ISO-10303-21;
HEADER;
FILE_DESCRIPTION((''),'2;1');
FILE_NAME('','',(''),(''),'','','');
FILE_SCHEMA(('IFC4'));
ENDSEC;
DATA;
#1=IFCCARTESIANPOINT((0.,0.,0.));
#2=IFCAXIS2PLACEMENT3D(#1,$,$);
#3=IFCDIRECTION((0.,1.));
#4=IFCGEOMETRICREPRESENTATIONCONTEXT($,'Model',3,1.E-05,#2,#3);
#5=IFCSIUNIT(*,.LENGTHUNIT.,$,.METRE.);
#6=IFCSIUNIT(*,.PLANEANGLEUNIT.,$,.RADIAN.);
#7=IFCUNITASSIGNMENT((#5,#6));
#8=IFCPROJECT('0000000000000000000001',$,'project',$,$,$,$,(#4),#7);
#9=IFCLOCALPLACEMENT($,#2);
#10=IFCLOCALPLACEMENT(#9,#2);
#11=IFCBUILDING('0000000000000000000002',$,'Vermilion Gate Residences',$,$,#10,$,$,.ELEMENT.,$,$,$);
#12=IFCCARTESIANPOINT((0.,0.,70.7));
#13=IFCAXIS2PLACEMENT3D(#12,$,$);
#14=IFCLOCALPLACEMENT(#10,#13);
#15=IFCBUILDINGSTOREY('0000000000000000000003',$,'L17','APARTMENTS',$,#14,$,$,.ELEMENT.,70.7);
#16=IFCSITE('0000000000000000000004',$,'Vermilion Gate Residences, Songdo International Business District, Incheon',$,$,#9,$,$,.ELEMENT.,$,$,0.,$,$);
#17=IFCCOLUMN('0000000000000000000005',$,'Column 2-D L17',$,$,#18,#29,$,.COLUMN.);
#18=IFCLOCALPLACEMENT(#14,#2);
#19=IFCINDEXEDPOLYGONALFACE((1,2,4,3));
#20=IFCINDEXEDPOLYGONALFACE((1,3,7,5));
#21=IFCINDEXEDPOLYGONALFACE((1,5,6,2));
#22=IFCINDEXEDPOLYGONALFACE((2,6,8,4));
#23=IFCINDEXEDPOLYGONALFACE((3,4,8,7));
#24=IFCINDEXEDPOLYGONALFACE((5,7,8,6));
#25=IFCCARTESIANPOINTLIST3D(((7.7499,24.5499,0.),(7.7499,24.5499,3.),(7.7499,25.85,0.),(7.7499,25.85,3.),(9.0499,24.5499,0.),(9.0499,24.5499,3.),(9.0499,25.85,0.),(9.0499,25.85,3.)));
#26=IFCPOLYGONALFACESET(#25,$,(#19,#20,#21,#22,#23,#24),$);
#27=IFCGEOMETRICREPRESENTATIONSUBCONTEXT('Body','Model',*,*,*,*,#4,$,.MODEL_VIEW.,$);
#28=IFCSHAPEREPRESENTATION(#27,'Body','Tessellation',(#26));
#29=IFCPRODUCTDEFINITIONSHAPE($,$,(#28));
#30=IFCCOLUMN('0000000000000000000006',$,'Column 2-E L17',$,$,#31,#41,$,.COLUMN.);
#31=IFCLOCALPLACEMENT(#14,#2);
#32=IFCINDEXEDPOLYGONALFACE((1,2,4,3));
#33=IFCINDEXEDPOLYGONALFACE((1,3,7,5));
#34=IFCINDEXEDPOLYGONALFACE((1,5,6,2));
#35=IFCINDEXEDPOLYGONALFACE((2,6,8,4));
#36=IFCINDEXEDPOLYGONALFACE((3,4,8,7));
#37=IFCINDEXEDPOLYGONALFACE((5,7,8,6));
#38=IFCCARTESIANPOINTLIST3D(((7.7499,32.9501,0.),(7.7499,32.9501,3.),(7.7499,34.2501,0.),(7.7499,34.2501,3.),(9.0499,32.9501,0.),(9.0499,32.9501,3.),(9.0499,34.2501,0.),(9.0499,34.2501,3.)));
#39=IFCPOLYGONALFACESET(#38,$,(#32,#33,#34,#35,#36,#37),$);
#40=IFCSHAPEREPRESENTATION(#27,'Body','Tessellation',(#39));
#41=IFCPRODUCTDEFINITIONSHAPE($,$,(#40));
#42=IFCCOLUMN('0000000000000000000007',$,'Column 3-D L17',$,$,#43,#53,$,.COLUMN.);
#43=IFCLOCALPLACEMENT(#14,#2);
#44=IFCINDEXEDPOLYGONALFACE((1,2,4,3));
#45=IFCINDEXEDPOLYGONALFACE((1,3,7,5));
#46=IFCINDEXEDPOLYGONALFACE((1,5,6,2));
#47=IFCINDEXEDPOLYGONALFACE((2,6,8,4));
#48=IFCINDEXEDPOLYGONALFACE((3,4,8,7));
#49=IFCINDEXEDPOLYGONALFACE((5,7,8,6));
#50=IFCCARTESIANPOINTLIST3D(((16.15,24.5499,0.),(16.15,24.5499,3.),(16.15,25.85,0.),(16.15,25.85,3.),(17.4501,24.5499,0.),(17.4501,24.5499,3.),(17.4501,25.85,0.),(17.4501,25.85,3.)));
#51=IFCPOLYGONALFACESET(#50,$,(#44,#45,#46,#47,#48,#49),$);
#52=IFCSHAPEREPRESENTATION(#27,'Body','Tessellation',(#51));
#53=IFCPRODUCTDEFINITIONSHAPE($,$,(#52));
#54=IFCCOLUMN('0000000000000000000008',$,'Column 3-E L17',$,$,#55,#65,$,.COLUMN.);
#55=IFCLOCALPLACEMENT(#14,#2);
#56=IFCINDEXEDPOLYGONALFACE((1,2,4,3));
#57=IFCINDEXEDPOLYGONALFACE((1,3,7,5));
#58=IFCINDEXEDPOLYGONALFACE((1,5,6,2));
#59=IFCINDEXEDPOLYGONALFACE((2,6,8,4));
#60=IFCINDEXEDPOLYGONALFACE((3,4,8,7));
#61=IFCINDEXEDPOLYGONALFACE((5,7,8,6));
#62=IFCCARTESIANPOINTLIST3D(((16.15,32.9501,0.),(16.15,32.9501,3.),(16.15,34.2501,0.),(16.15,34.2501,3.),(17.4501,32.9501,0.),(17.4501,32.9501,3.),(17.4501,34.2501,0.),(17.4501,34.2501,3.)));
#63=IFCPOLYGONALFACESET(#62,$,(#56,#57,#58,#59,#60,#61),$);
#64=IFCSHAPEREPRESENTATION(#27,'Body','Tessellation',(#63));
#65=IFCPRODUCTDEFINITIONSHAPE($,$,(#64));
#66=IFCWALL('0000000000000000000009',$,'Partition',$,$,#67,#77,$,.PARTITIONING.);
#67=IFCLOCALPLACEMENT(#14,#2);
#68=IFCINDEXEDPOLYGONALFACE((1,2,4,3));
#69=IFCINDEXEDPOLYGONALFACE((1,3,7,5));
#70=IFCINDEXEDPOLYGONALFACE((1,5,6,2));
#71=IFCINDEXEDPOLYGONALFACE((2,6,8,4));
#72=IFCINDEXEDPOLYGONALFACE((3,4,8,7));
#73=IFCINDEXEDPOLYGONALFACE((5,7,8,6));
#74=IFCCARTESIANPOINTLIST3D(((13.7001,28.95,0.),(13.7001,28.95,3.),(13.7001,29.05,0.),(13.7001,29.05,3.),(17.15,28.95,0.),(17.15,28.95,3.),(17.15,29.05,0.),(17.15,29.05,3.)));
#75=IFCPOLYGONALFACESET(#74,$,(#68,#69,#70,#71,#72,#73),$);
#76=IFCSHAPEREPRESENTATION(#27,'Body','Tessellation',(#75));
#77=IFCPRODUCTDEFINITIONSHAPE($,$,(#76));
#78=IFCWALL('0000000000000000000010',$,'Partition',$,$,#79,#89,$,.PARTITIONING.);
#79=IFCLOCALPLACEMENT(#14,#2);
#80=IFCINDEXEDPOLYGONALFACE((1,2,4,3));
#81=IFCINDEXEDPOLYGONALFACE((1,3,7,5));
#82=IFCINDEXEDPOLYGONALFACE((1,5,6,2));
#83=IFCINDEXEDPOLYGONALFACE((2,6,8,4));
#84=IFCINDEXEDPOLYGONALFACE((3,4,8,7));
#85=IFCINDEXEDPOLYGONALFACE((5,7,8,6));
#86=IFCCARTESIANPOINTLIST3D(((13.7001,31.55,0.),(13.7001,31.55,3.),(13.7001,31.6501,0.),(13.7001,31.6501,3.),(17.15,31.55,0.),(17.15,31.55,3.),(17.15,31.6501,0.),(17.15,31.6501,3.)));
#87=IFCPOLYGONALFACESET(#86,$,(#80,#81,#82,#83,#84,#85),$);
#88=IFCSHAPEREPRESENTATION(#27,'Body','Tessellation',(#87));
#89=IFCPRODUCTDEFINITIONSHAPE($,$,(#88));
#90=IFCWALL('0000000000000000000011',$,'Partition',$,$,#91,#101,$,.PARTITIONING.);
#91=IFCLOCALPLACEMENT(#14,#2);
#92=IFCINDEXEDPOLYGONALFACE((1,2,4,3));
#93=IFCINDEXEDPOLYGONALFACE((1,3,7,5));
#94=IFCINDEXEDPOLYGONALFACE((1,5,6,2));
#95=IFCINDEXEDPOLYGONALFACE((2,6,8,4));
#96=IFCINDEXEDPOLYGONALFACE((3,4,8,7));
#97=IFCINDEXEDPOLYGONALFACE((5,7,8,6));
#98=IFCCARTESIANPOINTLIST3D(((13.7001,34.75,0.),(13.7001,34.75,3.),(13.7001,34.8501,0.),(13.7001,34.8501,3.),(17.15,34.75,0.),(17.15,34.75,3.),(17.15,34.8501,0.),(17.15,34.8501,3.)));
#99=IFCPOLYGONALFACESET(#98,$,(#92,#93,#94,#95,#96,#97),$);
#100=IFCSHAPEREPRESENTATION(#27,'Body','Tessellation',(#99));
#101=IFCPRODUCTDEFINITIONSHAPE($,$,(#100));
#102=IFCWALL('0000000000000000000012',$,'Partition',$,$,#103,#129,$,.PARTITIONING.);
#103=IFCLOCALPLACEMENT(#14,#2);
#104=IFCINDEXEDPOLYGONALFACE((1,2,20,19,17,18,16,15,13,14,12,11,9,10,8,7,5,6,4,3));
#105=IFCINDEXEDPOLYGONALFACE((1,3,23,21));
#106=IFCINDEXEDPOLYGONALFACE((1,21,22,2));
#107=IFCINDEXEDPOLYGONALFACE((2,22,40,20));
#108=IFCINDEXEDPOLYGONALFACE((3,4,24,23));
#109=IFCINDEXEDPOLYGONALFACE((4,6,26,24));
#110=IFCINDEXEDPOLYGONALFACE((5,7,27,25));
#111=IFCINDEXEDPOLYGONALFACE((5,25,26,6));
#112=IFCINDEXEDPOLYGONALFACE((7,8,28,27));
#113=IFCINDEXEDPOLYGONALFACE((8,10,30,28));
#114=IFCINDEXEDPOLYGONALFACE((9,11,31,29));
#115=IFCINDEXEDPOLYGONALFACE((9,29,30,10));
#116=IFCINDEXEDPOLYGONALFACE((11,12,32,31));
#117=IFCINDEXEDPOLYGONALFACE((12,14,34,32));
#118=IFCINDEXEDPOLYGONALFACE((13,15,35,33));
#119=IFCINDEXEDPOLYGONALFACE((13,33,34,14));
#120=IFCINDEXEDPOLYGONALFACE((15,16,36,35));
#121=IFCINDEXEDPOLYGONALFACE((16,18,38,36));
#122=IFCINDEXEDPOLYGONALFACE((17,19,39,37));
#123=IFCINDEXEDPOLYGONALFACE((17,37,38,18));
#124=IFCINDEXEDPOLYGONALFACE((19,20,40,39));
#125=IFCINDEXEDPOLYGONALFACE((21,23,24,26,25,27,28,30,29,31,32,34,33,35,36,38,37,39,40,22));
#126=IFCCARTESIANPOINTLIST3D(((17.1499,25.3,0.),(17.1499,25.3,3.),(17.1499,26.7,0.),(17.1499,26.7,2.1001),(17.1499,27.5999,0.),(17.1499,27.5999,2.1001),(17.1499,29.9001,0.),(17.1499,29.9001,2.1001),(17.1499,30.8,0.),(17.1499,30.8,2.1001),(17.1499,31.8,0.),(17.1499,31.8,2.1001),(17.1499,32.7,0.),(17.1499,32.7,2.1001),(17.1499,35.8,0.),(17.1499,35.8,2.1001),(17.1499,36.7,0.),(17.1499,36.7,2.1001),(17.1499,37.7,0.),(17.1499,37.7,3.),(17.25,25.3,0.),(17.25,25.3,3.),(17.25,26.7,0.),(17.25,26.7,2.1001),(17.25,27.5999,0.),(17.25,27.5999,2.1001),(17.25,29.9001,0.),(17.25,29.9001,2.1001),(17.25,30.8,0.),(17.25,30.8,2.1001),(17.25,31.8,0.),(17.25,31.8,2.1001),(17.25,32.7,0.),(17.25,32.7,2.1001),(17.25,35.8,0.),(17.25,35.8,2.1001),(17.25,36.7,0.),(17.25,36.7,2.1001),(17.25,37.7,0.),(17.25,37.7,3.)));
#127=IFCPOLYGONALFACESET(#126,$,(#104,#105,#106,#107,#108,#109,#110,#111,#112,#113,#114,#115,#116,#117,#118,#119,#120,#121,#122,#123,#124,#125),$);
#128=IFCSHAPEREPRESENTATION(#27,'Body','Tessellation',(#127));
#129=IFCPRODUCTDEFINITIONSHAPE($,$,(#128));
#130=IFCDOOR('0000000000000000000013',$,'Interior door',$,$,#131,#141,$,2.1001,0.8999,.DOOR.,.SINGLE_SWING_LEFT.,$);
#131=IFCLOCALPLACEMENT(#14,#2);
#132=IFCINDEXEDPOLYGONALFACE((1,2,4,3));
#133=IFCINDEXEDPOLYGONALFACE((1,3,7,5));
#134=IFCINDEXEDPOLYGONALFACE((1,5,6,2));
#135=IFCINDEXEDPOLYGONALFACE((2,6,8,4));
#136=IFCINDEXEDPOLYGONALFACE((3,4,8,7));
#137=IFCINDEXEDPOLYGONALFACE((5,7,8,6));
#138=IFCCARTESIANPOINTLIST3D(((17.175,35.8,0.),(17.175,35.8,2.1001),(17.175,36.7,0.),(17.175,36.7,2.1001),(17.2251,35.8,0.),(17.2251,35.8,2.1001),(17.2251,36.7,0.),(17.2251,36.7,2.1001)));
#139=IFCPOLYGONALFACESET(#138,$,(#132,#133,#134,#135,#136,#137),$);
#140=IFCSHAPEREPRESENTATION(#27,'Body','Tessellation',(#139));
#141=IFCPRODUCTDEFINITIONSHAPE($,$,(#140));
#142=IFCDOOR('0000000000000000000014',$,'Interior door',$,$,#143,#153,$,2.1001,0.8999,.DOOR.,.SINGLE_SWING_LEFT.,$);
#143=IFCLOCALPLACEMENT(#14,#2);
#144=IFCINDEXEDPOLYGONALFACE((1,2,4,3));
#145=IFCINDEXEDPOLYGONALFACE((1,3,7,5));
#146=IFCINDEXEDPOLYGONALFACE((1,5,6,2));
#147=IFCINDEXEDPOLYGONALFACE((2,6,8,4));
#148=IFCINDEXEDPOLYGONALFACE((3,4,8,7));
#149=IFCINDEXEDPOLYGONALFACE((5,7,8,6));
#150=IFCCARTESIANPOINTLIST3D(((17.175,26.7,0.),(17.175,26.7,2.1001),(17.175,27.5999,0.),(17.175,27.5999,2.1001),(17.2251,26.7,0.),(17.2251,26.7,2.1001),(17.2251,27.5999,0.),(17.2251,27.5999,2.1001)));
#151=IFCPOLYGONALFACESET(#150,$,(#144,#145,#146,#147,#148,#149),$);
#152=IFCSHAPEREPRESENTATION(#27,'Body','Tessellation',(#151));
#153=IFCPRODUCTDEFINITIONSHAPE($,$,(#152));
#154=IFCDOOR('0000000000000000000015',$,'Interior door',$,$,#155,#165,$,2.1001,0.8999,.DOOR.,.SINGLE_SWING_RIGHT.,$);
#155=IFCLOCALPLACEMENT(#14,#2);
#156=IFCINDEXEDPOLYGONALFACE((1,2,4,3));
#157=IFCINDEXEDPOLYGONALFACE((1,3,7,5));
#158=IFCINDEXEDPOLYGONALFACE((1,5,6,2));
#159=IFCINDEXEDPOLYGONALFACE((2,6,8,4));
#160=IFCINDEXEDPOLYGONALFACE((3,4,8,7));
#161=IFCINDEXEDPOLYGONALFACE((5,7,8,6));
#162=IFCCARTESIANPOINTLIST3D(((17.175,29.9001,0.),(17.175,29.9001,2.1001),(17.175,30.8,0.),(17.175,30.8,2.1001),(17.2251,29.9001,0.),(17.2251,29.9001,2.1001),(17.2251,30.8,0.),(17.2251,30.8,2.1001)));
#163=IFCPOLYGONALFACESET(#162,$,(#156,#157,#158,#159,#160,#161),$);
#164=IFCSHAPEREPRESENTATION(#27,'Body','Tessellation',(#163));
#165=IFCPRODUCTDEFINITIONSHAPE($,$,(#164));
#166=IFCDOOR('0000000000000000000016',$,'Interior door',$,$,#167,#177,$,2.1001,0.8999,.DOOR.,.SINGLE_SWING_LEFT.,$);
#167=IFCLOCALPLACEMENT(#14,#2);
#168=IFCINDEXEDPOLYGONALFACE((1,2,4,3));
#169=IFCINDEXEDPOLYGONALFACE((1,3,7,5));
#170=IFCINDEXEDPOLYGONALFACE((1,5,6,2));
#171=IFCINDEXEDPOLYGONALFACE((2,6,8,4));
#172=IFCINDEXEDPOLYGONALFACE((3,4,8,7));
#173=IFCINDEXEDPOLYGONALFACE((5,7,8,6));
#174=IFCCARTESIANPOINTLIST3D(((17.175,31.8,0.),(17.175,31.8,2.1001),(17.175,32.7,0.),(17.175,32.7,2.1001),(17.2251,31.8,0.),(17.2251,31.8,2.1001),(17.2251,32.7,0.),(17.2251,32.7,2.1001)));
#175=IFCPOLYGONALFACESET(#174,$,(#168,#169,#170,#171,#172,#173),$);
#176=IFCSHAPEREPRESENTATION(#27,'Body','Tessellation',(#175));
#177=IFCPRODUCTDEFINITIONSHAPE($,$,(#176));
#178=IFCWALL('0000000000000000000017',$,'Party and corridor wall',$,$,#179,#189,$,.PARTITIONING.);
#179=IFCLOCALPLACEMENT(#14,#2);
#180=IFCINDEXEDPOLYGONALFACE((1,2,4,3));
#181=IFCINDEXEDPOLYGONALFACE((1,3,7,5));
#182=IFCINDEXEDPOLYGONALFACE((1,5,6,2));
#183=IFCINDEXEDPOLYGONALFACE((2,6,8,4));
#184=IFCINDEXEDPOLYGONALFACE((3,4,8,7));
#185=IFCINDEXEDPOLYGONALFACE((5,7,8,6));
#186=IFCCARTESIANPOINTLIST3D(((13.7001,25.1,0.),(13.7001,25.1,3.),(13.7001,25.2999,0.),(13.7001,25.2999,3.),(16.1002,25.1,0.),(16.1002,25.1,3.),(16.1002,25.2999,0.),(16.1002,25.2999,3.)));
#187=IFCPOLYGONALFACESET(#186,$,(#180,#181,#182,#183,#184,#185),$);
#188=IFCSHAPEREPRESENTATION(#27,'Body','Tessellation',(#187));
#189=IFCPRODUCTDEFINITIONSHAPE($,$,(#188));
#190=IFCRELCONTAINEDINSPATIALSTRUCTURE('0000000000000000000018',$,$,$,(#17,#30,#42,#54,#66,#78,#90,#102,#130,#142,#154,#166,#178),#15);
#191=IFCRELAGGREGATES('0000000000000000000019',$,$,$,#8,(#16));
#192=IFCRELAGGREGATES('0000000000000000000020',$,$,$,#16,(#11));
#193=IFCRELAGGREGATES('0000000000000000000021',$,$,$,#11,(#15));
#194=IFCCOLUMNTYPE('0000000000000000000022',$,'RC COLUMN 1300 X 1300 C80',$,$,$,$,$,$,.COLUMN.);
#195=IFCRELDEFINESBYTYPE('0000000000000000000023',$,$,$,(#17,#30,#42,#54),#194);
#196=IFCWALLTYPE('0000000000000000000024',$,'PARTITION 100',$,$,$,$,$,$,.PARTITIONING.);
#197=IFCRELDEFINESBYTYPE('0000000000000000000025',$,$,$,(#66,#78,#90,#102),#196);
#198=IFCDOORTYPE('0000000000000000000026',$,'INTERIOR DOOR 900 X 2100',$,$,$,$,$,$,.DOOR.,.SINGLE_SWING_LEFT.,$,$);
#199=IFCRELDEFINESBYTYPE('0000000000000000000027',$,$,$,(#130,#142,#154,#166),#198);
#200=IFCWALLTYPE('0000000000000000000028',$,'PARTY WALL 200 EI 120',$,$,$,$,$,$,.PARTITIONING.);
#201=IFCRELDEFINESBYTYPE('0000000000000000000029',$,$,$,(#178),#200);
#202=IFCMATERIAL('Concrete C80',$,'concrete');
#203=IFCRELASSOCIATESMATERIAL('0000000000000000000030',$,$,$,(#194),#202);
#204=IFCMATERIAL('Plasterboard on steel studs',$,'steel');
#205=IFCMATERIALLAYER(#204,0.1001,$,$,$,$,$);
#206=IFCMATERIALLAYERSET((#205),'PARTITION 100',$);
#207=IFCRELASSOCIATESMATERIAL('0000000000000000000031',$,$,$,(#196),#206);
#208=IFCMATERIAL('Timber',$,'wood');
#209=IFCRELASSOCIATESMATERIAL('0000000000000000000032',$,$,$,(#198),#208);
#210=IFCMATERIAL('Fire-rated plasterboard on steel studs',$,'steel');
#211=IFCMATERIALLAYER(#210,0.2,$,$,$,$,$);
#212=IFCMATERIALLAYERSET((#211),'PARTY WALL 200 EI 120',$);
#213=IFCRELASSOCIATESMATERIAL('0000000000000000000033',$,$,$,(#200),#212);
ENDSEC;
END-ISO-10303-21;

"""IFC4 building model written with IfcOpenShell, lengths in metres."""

from ifc_helpers import new_model, si_unit, direction, frame, frame_2d, origin, origin_2d, place, context, subcontext, project, spatial, rectangle, extrude, material, layer, layer_set, material_profile, profile_set, type_object, element, fill, save


model = new_model("IFC4")

# Units and contexts
model_context = context("Model", 3, precision=1e-05, world=origin(), true_north=direction((0.0, 1.0)))
body_context = subcontext(model_context, "Body", "Model", "MODEL_VIEW")
ifc_project = project(units=[si_unit("LENGTHUNIT", "METRE"), si_unit("PLANEANGLEUNIT", "RADIAN")], contexts=[model_context])

# Site, building, storey
site_placement = place(None, origin())
site = spatial("IfcSite", under=ifc_project, at=site_placement, Name="Vermilion Gate Residences, Songdo International Business District, Incheon", CompositionType="ELEMENT", RefElevation=0.0)
building_placement = place(site_placement, origin())
building = spatial("IfcBuilding", under=site, at=building_placement, Name="Vermilion Gate Residences", CompositionType="ELEMENT")
storey_placement = place(building_placement, frame((0.0, 0.0, 70.7)))
storey = spatial("IfcBuildingStorey", under=building, at=storey_placement, Name="L17", Description="APARTMENTS", CompositionType="ELEMENT", Elevation=70.7)

# Columns
ifc_material_1 = material(Name="Concrete C80", Category="concrete")
ifc_material_profile = material_profile(ifc_material_1, rectangle(XDim=1.3, YDim=1.3, at=origin_2d()), Name="RC-1300x1300")
ifc_profile_set = profile_set([ifc_material_profile], Name="Concrete C80")
column_type = type_object("IfcColumnType", Name="RC COLUMN 1300 X 1300 C80", PredefinedType="COLUMN", material=ifc_profile_set)
for number, where, z_axis, x_axis, name in (
    (1, (8.3999, 25.2, 0.0), (0.0, 0.0, 1.0), (1.0, 0.0, 0.0), "Column 2-D L17"),
    (2, (8.3999, 33.6001, 0.0), (0.0, 0.0, 1.0), (1.0, 0.0, 0.0), "Column 2-E L17"),
    (3, (16.8, 25.2, 0.0), (0.0, 0.0, 1.0), (1.0, 0.0, 0.0), "Column 3-D L17"),
    (4, (16.8, 33.6001, 0.0), (0.0, 0.0, 1.0), (1.0, 0.0, 0.0), "Column 3-E L17"),
):
    element("IfcColumn", number, at=place(storey_placement, frame(where, z_axis=z_axis, x_axis=x_axis)), inside=storey, type_object=column_type, Name=name, PredefinedType="COLUMN", context=body_context, shape_type="SweptSolid", body=[
        extrude(rectangle(XDim=1.3, YDim=1.3, at=origin_2d()), origin(), (0.0, 0.0, 1.0), 3.0),
    ])

# Walls
ifc_material_2 = material(Name="Plasterboard on steel studs", Category="steel")
ifc_layer_1 = layer(ifc_material_2, 0.1001)
ifc_layer_set_1 = layer_set([ifc_layer_1], Name="PARTITION 100")
wall_type_1 = type_object("IfcWallType", Name="PARTITION 100", PredefinedType="PARTITIONING", material=ifc_layer_set_1)
for number, where, z_axis, x_axis, name in (
    (5, (13.7, 29.0, 0.0), (0.0, 0.0, 1.0), (1.0, 0.0, 0.0), "Partition"),
    (6, (13.7, 31.6001, 0.0), (0.0, 0.0, 1.0), (1.0, 0.0, 0.0), "Partition"),
    (7, (13.7, 34.8, 0.0), (0.0, 0.0, 1.0), (1.0, 0.0, 0.0), "Partition"),
):
    element("IfcWall", number, at=place(storey_placement, frame(where, z_axis=z_axis, x_axis=x_axis)), inside=storey, type_object=wall_type_1, Name=name, PredefinedType="PARTITIONING", context=body_context, shape_type="SweptSolid", body=[
        extrude(rectangle(XDim=3.45, YDim=0.1001, at=frame_2d((1.7251, 0.0))), origin(), (0.0, 0.0, 1.0), 3.0),
    ])

# Wall, openings, doors
wall_1_placement = place(storey_placement, frame((17.2, 25.3, 0.0), z_axis=(0.0, 0.0, 1.0), x_axis=(0.0, 1.0, 0.0)))
wall_1 = element("IfcWall", 8, at=wall_1_placement, inside=storey, type_object=wall_type_1, Name="Partition", PredefinedType="PARTITIONING", context=body_context, shape_type="SweptSolid", body=[
    extrude(rectangle(XDim=12.3999, YDim=0.1001, at=frame_2d((6.2, 0.0))), origin(), (0.0, 0.0, 1.0), 3.0),
])
opening_1_placement = place(wall_1_placement, frame((10.5, 0.0, 0.0)))
opening_1 = element("IfcOpeningElement", 9, at=opening_1_placement, cuts=wall_1, PredefinedType="OPENING", context=body_context, shape_type="SweptSolid", body=[
    extrude(rectangle(XDim=0.8999, YDim=2.1001, at=frame_2d((0.45, 1.05))), frame((0.0, 0.0601, 0.0), z_axis=(0.0, -1.0, 0.0), x_axis=(1.0, 0.0, 0.0)), (0.0, 0.0, 1.0), 0.1201),
])
opening_2_placement = place(wall_1_placement, frame((1.3999, 0.0, 0.0)))
opening_2 = element("IfcOpeningElement", 10, at=opening_2_placement, cuts=wall_1, PredefinedType="OPENING", context=body_context, shape_type="SweptSolid", body=[
    extrude(rectangle(XDim=0.8999, YDim=2.1001, at=frame_2d((0.45, 1.05))), frame((0.0, 0.0601, 0.0), z_axis=(0.0, -1.0, 0.0), x_axis=(1.0, 0.0, 0.0)), (0.0, 0.0, 1.0), 0.1201),
])
opening_3_placement = place(wall_1_placement, frame((4.6001, 0.0, 0.0)))
opening_3 = element("IfcOpeningElement", 11, at=opening_3_placement, cuts=wall_1, PredefinedType="OPENING", context=body_context, shape_type="SweptSolid", body=[
    extrude(rectangle(XDim=0.8999, YDim=2.1001, at=frame_2d((0.45, 1.05))), frame((0.0, 0.0601, 0.0), z_axis=(0.0, -1.0, 0.0), x_axis=(1.0, 0.0, 0.0)), (0.0, 0.0, 1.0), 0.1201),
])
opening_4_placement = place(wall_1_placement, frame((6.5, 0.0, 0.0)))
opening_4 = element("IfcOpeningElement", 12, at=opening_4_placement, cuts=wall_1, PredefinedType="OPENING", context=body_context, shape_type="SweptSolid", body=[
    extrude(rectangle(XDim=0.8999, YDim=2.1001, at=frame_2d((0.45, 1.05))), frame((0.0, 0.0601, 0.0), z_axis=(0.0, -1.0, 0.0), x_axis=(1.0, 0.0, 0.0)), (0.0, 0.0, 1.0), 0.1201),
])
ifc_material_3 = material(Name="Timber", Category="wood")
door_type = type_object("IfcDoorType", Name="INTERIOR DOOR 900 X 2100", OperationType="SINGLE_SWING_LEFT", PredefinedType="DOOR", material=ifc_material_3)
door_1_placement = place(opening_1_placement, origin())
door_1 = element("IfcDoor", 13, at=door_1_placement, inside=storey, type_object=door_type, Name="Interior door", OperationType="SINGLE_SWING_LEFT", OverallHeight=2.1001, OverallWidth=0.8999, PredefinedType="DOOR", context=body_context, shape_type="SweptSolid", body=[
    extrude(rectangle(XDim=0.8999, YDim=2.1001, at=frame_2d((0.45, 1.05))), frame((0.0, 0.0249, 0.0), z_axis=(0.0, -1.0, 0.0), x_axis=(1.0, 0.0, 0.0)), (0.0, 0.0, 1.0), 0.05),
])
fill(opening_1, door_1)
door_2_placement = place(opening_2_placement, origin())
door_2 = element("IfcDoor", 14, at=door_2_placement, inside=storey, type_object=door_type, Name="Interior door", OperationType="SINGLE_SWING_LEFT", OverallHeight=2.1001, OverallWidth=0.8999, PredefinedType="DOOR", context=body_context, shape_type="SweptSolid", body=[
    extrude(rectangle(XDim=0.8999, YDim=2.1001, at=frame_2d((0.45, 1.05))), frame((0.0, 0.0249, 0.0), z_axis=(0.0, -1.0, 0.0), x_axis=(1.0, 0.0, 0.0)), (0.0, 0.0, 1.0), 0.05),
])
fill(opening_2, door_2)
door_3_placement = place(opening_3_placement, origin())
door_3 = element("IfcDoor", 15, at=door_3_placement, inside=storey, type_object=door_type, Name="Interior door", OperationType="SINGLE_SWING_RIGHT", OverallHeight=2.1001, OverallWidth=0.8999, PredefinedType="DOOR", context=body_context, shape_type="SweptSolid", body=[
    extrude(rectangle(XDim=0.8999, YDim=2.1001, at=frame_2d((0.45, 1.05))), frame((0.0, 0.0249, 0.0), z_axis=(0.0, -1.0, 0.0), x_axis=(1.0, 0.0, 0.0)), (0.0, 0.0, 1.0), 0.05),
])
fill(opening_3, door_3)
door_4_placement = place(opening_4_placement, origin())
door_4 = element("IfcDoor", 16, at=door_4_placement, inside=storey, type_object=door_type, Name="Interior door", OperationType="SINGLE_SWING_LEFT", OverallHeight=2.1001, OverallWidth=0.8999, PredefinedType="DOOR", context=body_context, shape_type="SweptSolid", body=[
    extrude(rectangle(XDim=0.8999, YDim=2.1001, at=frame_2d((0.45, 1.05))), frame((0.0, 0.0249, 0.0), z_axis=(0.0, -1.0, 0.0), x_axis=(1.0, 0.0, 0.0)), (0.0, 0.0, 1.0), 0.05),
])
fill(opening_4, door_4)

# Wall
ifc_material_4 = material(Name="Fire-rated plasterboard on steel studs", Category="steel")
ifc_layer_2 = layer(ifc_material_4, 0.2)
ifc_layer_set_2 = layer_set([ifc_layer_2], Name="PARTY WALL 200 EI 120")
wall_type_2 = type_object("IfcWallType", Name="PARTY WALL 200 EI 120", PredefinedType="PARTITIONING", material=ifc_layer_set_2)
wall_2_placement = place(storey_placement, frame((13.7, 25.2, 0.0), z_axis=(0.0, 0.0, 1.0), x_axis=(1.0, 0.0, 0.0)))
element("IfcWall", 17, at=wall_2_placement, inside=storey, type_object=wall_type_2, Name="Party and corridor wall", PredefinedType="PARTITIONING", context=body_context, shape_type="SweptSolid", body=[
    extrude(rectangle(XDim=2.4001, YDim=0.2, at=frame_2d((1.2002, 0.0))), origin(), (0.0, 0.0, 1.0), 3.0),
])

save(model, "model.ifc")
